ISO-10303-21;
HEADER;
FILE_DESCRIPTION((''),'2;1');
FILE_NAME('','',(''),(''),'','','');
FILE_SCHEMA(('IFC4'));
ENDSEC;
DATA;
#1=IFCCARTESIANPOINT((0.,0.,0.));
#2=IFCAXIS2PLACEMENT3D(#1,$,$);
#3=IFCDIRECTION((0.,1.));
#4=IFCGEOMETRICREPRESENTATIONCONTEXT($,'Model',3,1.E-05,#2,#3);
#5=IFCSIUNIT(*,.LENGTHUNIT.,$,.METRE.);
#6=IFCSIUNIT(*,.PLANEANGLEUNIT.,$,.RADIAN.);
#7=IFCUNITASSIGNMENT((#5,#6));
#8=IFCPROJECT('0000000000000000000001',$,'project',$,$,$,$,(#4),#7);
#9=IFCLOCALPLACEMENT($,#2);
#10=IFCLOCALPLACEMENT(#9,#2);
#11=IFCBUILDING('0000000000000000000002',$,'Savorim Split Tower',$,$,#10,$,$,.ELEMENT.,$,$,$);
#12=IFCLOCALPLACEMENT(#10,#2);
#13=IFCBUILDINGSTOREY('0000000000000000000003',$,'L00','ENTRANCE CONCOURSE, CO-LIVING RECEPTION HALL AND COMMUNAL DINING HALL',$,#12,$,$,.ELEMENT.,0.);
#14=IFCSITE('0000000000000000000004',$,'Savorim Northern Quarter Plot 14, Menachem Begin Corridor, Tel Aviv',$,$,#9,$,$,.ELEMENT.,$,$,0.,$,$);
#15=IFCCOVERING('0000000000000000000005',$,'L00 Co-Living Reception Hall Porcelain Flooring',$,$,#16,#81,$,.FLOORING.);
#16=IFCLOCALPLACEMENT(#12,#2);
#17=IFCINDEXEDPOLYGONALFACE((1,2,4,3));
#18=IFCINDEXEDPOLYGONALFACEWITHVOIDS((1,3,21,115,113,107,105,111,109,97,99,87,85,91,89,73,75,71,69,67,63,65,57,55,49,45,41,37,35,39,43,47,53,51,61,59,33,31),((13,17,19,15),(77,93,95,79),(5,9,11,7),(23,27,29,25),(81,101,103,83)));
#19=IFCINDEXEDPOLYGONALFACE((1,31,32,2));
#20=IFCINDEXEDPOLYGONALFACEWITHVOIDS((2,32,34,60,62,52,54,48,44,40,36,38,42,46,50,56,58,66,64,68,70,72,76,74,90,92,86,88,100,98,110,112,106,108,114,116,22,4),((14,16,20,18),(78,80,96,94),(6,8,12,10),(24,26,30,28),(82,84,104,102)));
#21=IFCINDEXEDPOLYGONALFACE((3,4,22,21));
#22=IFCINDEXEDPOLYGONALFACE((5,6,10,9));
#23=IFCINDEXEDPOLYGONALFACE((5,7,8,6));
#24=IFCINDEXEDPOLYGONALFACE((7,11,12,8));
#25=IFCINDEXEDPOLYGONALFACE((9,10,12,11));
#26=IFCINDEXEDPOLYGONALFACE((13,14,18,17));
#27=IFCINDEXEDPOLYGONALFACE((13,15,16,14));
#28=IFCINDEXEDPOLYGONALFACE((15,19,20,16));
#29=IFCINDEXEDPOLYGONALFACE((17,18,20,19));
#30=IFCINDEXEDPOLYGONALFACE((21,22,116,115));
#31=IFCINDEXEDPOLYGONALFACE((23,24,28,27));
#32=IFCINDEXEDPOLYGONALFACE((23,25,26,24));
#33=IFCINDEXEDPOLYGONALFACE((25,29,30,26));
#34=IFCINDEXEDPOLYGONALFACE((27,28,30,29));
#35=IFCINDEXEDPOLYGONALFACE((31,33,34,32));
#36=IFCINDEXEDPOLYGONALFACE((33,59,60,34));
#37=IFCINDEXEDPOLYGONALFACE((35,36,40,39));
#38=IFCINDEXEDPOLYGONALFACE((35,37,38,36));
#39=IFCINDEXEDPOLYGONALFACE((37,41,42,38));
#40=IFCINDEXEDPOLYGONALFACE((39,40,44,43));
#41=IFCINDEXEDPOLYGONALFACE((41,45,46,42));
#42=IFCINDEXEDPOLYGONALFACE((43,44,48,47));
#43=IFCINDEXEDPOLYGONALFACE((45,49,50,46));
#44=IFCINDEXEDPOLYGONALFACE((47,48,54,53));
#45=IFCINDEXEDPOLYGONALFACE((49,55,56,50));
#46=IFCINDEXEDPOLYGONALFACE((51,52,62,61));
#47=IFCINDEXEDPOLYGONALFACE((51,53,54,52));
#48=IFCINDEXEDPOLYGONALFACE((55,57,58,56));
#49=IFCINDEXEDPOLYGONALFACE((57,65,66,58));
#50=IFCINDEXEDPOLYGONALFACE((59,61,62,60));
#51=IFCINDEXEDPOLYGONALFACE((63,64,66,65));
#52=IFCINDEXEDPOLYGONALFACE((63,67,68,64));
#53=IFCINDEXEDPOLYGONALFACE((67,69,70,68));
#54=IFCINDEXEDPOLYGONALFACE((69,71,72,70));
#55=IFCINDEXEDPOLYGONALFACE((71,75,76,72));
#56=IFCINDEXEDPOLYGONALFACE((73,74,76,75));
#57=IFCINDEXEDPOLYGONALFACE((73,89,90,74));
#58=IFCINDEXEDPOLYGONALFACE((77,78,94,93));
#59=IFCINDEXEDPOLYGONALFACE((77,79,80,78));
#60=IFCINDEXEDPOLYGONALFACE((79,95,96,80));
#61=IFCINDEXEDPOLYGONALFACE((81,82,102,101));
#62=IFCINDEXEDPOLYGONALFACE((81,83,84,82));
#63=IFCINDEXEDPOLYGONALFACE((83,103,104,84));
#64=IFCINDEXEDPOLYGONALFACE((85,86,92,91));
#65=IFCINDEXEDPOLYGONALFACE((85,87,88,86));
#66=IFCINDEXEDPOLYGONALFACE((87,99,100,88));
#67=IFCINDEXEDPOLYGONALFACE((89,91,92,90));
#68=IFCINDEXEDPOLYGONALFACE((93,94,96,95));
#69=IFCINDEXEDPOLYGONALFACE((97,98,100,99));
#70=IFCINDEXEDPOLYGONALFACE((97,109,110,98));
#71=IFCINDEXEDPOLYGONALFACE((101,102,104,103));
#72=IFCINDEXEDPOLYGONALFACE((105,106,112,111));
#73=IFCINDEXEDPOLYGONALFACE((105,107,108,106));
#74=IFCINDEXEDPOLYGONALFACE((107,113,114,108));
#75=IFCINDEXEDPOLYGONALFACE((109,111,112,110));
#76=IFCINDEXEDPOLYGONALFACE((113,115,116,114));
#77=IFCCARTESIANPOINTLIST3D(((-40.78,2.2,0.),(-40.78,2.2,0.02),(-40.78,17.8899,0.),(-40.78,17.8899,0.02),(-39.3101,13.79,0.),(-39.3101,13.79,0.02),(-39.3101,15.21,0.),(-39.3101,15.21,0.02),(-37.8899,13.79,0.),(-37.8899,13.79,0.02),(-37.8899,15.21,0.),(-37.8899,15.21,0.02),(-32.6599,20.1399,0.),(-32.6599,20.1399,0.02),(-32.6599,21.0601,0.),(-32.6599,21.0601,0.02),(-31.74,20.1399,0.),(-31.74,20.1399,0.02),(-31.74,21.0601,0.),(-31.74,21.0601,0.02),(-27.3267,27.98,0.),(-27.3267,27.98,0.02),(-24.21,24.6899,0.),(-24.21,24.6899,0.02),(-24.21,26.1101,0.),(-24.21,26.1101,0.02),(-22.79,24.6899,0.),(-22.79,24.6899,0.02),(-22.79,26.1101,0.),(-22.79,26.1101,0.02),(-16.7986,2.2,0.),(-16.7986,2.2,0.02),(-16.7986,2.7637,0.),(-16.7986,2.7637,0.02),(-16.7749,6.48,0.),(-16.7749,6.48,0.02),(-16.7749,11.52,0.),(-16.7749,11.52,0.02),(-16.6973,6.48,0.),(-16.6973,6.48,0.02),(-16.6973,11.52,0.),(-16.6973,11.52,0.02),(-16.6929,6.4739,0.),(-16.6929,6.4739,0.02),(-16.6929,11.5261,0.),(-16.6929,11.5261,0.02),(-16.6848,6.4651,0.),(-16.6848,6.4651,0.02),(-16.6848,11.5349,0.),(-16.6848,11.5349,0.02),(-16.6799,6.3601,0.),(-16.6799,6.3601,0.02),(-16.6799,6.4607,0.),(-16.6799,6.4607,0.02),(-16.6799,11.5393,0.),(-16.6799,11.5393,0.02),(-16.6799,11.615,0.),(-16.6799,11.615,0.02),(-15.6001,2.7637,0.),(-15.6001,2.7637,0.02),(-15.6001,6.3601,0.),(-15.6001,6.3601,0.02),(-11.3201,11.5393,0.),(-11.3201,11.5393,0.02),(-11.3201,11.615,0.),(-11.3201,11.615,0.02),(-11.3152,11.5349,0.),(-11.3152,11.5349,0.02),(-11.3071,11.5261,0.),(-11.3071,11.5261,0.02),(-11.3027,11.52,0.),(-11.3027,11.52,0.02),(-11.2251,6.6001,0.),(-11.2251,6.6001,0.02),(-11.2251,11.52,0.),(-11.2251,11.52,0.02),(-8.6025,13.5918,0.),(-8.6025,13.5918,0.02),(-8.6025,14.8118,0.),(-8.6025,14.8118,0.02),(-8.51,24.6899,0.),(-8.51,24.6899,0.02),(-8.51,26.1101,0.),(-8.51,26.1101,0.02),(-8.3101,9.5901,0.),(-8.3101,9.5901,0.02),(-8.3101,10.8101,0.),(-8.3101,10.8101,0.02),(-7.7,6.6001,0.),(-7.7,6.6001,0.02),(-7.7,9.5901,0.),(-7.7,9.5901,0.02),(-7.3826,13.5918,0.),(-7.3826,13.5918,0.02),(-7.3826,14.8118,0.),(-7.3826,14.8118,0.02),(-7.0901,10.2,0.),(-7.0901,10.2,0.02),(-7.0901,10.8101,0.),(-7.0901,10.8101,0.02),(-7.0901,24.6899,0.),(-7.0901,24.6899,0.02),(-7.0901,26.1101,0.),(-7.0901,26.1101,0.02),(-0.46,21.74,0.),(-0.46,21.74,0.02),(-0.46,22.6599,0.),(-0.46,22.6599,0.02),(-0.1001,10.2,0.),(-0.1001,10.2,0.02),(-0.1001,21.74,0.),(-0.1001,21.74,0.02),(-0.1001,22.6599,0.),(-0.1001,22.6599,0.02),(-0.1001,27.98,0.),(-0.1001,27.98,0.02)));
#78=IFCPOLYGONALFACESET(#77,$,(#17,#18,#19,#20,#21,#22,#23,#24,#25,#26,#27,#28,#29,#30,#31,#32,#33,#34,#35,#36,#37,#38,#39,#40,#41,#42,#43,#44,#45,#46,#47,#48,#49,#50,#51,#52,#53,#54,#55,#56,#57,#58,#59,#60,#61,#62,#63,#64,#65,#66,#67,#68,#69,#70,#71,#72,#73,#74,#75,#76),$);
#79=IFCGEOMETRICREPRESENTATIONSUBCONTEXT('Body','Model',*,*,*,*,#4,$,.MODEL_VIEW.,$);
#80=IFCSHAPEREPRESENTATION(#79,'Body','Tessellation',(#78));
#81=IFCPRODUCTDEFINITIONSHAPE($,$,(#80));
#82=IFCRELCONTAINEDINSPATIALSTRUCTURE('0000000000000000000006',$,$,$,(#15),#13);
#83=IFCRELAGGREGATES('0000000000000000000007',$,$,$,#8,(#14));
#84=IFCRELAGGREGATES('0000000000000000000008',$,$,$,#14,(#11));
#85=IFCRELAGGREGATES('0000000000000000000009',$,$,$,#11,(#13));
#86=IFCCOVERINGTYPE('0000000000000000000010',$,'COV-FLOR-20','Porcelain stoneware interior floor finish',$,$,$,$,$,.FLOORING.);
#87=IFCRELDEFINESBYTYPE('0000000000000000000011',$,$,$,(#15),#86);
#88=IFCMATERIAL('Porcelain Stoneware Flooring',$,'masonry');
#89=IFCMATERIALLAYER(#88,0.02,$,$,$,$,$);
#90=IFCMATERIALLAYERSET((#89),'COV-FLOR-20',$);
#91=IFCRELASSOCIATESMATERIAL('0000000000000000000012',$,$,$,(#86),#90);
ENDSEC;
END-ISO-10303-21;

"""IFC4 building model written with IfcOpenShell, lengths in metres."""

from ifc_helpers import new_model, si_unit, direction, origin, place, context, subcontext, project, spatial, polyline, outline, extrude, material, layer, layer_set, type_object, element, save


model = new_model("IFC4")

# Units and contexts
model_context = context("Model", 3, precision=1e-05, world=origin(), true_north=direction((0.0, 1.0)))
body_context = subcontext(model_context, "Body", "Model", "MODEL_VIEW")
ifc_project = project(units=[si_unit("LENGTHUNIT", "METRE"), si_unit("PLANEANGLEUNIT", "RADIAN")], contexts=[model_context])

# Site, building, storey
site_placement = place(None, origin())
site = spatial("IfcSite", under=ifc_project, at=site_placement, Name="Savorim Northern Quarter Plot 14, Menachem Begin Corridor, Tel Aviv", CompositionType="ELEMENT", RefElevation=0.0)
building_placement = place(site_placement, origin())
building = spatial("IfcBuilding", under=site, at=building_placement, Name="Savorim Split Tower", CompositionType="ELEMENT")
storey_placement = place(building_placement, origin())
storey = spatial("IfcBuildingStorey", under=building, at=storey_placement, Name="L00", Description="ENTRANCE CONCOURSE, CO-LIVING RECEPTION HALL AND COMMUNAL DINING HALL", CompositionType="ELEMENT", Elevation=0.0)

# Covering
ifc_material_1 = material(Name="Porcelain Stoneware Flooring", Category="masonry")
ifc_layer_1 = layer(ifc_material_1, 0.02)
ifc_layer_set_1 = layer_set([ifc_layer_1], Name="COV-FLOR-20")
covering_type_1 = type_object("IfcCoveringType", Name="COV-FLOR-20", Description="Porcelain stoneware interior floor finish", PredefinedType="FLOORING", material=ifc_layer_set_1)
covering_1_placement = place(storey_placement, origin())
element("IfcCovering", 1, at=covering_1_placement, inside=storey, type_object=covering_type_1, Name="L00 Co-Living Reception Hall Porcelain Flooring", PredefinedType="FLOORING", context=body_context, shape_type="SweptSolid", body=[
    extrude(outline(polyline([(-0.1001, 27.98), (-27.3267, 27.98), (-40.78, 17.8899), (-40.78, 2.2), (-16.7986, 2.2), (-16.7986, 2.7637), (-15.6001, 2.7637), (-15.6001, 6.3601), (-16.6799, 6.3601), (-16.6799, 6.4607), (-16.6848, 6.4651), (-16.6929, 6.4739), (-16.6973, 6.48), (-16.7749, 6.48), (-16.7749, 11.52), (-16.6973, 11.52), (-16.6929, 11.5261), (-16.6848, 11.5349), (-16.6799, 11.5393), (-16.6799, 11.615), (-11.3201, 11.615), (-11.3201, 11.5393), (-11.3152, 11.5349), (-11.3071, 11.5261), (-11.3027, 11.52), (-11.2251, 11.52), (-11.2251, 6.6001), (-7.7, 6.6001), (-7.7, 9.5901), (-8.3101, 9.5901), (-8.3101, 10.8101), (-7.0901, 10.8101), (-7.0901, 10.2), (-0.1001, 10.2), (-0.1001, 21.74), (-0.46, 21.74), (-0.46, 22.6599), (-0.1001, 22.6599), (-0.1001, 27.98)]), holes=[polyline([(-7.0901, 24.6899), (-7.0901, 26.1101), (-8.51, 26.1101), (-8.51, 24.6899), (-7.0901, 24.6899)]), polyline([(-22.79, 26.1101), (-24.21, 26.1101), (-24.21, 24.6899), (-22.79, 24.6899), (-22.79, 26.1101)]), polyline([(-37.8899, 15.21), (-39.3101, 15.21), (-39.3101, 13.79), (-37.8899, 13.79), (-37.8899, 15.21)]), polyline([(-8.6025, 13.5918), (-7.3826, 13.5918), (-7.3826, 14.8118), (-8.6025, 14.8118), (-8.6025, 13.5918)]), polyline([(-31.74, 20.1399), (-31.74, 21.0601), (-32.6599, 21.0601), (-32.6599, 20.1399), (-31.74, 20.1399)])]), origin(), (0.0, 0.0, 1.0), 0.02),
])

save(model, "model.ifc")
